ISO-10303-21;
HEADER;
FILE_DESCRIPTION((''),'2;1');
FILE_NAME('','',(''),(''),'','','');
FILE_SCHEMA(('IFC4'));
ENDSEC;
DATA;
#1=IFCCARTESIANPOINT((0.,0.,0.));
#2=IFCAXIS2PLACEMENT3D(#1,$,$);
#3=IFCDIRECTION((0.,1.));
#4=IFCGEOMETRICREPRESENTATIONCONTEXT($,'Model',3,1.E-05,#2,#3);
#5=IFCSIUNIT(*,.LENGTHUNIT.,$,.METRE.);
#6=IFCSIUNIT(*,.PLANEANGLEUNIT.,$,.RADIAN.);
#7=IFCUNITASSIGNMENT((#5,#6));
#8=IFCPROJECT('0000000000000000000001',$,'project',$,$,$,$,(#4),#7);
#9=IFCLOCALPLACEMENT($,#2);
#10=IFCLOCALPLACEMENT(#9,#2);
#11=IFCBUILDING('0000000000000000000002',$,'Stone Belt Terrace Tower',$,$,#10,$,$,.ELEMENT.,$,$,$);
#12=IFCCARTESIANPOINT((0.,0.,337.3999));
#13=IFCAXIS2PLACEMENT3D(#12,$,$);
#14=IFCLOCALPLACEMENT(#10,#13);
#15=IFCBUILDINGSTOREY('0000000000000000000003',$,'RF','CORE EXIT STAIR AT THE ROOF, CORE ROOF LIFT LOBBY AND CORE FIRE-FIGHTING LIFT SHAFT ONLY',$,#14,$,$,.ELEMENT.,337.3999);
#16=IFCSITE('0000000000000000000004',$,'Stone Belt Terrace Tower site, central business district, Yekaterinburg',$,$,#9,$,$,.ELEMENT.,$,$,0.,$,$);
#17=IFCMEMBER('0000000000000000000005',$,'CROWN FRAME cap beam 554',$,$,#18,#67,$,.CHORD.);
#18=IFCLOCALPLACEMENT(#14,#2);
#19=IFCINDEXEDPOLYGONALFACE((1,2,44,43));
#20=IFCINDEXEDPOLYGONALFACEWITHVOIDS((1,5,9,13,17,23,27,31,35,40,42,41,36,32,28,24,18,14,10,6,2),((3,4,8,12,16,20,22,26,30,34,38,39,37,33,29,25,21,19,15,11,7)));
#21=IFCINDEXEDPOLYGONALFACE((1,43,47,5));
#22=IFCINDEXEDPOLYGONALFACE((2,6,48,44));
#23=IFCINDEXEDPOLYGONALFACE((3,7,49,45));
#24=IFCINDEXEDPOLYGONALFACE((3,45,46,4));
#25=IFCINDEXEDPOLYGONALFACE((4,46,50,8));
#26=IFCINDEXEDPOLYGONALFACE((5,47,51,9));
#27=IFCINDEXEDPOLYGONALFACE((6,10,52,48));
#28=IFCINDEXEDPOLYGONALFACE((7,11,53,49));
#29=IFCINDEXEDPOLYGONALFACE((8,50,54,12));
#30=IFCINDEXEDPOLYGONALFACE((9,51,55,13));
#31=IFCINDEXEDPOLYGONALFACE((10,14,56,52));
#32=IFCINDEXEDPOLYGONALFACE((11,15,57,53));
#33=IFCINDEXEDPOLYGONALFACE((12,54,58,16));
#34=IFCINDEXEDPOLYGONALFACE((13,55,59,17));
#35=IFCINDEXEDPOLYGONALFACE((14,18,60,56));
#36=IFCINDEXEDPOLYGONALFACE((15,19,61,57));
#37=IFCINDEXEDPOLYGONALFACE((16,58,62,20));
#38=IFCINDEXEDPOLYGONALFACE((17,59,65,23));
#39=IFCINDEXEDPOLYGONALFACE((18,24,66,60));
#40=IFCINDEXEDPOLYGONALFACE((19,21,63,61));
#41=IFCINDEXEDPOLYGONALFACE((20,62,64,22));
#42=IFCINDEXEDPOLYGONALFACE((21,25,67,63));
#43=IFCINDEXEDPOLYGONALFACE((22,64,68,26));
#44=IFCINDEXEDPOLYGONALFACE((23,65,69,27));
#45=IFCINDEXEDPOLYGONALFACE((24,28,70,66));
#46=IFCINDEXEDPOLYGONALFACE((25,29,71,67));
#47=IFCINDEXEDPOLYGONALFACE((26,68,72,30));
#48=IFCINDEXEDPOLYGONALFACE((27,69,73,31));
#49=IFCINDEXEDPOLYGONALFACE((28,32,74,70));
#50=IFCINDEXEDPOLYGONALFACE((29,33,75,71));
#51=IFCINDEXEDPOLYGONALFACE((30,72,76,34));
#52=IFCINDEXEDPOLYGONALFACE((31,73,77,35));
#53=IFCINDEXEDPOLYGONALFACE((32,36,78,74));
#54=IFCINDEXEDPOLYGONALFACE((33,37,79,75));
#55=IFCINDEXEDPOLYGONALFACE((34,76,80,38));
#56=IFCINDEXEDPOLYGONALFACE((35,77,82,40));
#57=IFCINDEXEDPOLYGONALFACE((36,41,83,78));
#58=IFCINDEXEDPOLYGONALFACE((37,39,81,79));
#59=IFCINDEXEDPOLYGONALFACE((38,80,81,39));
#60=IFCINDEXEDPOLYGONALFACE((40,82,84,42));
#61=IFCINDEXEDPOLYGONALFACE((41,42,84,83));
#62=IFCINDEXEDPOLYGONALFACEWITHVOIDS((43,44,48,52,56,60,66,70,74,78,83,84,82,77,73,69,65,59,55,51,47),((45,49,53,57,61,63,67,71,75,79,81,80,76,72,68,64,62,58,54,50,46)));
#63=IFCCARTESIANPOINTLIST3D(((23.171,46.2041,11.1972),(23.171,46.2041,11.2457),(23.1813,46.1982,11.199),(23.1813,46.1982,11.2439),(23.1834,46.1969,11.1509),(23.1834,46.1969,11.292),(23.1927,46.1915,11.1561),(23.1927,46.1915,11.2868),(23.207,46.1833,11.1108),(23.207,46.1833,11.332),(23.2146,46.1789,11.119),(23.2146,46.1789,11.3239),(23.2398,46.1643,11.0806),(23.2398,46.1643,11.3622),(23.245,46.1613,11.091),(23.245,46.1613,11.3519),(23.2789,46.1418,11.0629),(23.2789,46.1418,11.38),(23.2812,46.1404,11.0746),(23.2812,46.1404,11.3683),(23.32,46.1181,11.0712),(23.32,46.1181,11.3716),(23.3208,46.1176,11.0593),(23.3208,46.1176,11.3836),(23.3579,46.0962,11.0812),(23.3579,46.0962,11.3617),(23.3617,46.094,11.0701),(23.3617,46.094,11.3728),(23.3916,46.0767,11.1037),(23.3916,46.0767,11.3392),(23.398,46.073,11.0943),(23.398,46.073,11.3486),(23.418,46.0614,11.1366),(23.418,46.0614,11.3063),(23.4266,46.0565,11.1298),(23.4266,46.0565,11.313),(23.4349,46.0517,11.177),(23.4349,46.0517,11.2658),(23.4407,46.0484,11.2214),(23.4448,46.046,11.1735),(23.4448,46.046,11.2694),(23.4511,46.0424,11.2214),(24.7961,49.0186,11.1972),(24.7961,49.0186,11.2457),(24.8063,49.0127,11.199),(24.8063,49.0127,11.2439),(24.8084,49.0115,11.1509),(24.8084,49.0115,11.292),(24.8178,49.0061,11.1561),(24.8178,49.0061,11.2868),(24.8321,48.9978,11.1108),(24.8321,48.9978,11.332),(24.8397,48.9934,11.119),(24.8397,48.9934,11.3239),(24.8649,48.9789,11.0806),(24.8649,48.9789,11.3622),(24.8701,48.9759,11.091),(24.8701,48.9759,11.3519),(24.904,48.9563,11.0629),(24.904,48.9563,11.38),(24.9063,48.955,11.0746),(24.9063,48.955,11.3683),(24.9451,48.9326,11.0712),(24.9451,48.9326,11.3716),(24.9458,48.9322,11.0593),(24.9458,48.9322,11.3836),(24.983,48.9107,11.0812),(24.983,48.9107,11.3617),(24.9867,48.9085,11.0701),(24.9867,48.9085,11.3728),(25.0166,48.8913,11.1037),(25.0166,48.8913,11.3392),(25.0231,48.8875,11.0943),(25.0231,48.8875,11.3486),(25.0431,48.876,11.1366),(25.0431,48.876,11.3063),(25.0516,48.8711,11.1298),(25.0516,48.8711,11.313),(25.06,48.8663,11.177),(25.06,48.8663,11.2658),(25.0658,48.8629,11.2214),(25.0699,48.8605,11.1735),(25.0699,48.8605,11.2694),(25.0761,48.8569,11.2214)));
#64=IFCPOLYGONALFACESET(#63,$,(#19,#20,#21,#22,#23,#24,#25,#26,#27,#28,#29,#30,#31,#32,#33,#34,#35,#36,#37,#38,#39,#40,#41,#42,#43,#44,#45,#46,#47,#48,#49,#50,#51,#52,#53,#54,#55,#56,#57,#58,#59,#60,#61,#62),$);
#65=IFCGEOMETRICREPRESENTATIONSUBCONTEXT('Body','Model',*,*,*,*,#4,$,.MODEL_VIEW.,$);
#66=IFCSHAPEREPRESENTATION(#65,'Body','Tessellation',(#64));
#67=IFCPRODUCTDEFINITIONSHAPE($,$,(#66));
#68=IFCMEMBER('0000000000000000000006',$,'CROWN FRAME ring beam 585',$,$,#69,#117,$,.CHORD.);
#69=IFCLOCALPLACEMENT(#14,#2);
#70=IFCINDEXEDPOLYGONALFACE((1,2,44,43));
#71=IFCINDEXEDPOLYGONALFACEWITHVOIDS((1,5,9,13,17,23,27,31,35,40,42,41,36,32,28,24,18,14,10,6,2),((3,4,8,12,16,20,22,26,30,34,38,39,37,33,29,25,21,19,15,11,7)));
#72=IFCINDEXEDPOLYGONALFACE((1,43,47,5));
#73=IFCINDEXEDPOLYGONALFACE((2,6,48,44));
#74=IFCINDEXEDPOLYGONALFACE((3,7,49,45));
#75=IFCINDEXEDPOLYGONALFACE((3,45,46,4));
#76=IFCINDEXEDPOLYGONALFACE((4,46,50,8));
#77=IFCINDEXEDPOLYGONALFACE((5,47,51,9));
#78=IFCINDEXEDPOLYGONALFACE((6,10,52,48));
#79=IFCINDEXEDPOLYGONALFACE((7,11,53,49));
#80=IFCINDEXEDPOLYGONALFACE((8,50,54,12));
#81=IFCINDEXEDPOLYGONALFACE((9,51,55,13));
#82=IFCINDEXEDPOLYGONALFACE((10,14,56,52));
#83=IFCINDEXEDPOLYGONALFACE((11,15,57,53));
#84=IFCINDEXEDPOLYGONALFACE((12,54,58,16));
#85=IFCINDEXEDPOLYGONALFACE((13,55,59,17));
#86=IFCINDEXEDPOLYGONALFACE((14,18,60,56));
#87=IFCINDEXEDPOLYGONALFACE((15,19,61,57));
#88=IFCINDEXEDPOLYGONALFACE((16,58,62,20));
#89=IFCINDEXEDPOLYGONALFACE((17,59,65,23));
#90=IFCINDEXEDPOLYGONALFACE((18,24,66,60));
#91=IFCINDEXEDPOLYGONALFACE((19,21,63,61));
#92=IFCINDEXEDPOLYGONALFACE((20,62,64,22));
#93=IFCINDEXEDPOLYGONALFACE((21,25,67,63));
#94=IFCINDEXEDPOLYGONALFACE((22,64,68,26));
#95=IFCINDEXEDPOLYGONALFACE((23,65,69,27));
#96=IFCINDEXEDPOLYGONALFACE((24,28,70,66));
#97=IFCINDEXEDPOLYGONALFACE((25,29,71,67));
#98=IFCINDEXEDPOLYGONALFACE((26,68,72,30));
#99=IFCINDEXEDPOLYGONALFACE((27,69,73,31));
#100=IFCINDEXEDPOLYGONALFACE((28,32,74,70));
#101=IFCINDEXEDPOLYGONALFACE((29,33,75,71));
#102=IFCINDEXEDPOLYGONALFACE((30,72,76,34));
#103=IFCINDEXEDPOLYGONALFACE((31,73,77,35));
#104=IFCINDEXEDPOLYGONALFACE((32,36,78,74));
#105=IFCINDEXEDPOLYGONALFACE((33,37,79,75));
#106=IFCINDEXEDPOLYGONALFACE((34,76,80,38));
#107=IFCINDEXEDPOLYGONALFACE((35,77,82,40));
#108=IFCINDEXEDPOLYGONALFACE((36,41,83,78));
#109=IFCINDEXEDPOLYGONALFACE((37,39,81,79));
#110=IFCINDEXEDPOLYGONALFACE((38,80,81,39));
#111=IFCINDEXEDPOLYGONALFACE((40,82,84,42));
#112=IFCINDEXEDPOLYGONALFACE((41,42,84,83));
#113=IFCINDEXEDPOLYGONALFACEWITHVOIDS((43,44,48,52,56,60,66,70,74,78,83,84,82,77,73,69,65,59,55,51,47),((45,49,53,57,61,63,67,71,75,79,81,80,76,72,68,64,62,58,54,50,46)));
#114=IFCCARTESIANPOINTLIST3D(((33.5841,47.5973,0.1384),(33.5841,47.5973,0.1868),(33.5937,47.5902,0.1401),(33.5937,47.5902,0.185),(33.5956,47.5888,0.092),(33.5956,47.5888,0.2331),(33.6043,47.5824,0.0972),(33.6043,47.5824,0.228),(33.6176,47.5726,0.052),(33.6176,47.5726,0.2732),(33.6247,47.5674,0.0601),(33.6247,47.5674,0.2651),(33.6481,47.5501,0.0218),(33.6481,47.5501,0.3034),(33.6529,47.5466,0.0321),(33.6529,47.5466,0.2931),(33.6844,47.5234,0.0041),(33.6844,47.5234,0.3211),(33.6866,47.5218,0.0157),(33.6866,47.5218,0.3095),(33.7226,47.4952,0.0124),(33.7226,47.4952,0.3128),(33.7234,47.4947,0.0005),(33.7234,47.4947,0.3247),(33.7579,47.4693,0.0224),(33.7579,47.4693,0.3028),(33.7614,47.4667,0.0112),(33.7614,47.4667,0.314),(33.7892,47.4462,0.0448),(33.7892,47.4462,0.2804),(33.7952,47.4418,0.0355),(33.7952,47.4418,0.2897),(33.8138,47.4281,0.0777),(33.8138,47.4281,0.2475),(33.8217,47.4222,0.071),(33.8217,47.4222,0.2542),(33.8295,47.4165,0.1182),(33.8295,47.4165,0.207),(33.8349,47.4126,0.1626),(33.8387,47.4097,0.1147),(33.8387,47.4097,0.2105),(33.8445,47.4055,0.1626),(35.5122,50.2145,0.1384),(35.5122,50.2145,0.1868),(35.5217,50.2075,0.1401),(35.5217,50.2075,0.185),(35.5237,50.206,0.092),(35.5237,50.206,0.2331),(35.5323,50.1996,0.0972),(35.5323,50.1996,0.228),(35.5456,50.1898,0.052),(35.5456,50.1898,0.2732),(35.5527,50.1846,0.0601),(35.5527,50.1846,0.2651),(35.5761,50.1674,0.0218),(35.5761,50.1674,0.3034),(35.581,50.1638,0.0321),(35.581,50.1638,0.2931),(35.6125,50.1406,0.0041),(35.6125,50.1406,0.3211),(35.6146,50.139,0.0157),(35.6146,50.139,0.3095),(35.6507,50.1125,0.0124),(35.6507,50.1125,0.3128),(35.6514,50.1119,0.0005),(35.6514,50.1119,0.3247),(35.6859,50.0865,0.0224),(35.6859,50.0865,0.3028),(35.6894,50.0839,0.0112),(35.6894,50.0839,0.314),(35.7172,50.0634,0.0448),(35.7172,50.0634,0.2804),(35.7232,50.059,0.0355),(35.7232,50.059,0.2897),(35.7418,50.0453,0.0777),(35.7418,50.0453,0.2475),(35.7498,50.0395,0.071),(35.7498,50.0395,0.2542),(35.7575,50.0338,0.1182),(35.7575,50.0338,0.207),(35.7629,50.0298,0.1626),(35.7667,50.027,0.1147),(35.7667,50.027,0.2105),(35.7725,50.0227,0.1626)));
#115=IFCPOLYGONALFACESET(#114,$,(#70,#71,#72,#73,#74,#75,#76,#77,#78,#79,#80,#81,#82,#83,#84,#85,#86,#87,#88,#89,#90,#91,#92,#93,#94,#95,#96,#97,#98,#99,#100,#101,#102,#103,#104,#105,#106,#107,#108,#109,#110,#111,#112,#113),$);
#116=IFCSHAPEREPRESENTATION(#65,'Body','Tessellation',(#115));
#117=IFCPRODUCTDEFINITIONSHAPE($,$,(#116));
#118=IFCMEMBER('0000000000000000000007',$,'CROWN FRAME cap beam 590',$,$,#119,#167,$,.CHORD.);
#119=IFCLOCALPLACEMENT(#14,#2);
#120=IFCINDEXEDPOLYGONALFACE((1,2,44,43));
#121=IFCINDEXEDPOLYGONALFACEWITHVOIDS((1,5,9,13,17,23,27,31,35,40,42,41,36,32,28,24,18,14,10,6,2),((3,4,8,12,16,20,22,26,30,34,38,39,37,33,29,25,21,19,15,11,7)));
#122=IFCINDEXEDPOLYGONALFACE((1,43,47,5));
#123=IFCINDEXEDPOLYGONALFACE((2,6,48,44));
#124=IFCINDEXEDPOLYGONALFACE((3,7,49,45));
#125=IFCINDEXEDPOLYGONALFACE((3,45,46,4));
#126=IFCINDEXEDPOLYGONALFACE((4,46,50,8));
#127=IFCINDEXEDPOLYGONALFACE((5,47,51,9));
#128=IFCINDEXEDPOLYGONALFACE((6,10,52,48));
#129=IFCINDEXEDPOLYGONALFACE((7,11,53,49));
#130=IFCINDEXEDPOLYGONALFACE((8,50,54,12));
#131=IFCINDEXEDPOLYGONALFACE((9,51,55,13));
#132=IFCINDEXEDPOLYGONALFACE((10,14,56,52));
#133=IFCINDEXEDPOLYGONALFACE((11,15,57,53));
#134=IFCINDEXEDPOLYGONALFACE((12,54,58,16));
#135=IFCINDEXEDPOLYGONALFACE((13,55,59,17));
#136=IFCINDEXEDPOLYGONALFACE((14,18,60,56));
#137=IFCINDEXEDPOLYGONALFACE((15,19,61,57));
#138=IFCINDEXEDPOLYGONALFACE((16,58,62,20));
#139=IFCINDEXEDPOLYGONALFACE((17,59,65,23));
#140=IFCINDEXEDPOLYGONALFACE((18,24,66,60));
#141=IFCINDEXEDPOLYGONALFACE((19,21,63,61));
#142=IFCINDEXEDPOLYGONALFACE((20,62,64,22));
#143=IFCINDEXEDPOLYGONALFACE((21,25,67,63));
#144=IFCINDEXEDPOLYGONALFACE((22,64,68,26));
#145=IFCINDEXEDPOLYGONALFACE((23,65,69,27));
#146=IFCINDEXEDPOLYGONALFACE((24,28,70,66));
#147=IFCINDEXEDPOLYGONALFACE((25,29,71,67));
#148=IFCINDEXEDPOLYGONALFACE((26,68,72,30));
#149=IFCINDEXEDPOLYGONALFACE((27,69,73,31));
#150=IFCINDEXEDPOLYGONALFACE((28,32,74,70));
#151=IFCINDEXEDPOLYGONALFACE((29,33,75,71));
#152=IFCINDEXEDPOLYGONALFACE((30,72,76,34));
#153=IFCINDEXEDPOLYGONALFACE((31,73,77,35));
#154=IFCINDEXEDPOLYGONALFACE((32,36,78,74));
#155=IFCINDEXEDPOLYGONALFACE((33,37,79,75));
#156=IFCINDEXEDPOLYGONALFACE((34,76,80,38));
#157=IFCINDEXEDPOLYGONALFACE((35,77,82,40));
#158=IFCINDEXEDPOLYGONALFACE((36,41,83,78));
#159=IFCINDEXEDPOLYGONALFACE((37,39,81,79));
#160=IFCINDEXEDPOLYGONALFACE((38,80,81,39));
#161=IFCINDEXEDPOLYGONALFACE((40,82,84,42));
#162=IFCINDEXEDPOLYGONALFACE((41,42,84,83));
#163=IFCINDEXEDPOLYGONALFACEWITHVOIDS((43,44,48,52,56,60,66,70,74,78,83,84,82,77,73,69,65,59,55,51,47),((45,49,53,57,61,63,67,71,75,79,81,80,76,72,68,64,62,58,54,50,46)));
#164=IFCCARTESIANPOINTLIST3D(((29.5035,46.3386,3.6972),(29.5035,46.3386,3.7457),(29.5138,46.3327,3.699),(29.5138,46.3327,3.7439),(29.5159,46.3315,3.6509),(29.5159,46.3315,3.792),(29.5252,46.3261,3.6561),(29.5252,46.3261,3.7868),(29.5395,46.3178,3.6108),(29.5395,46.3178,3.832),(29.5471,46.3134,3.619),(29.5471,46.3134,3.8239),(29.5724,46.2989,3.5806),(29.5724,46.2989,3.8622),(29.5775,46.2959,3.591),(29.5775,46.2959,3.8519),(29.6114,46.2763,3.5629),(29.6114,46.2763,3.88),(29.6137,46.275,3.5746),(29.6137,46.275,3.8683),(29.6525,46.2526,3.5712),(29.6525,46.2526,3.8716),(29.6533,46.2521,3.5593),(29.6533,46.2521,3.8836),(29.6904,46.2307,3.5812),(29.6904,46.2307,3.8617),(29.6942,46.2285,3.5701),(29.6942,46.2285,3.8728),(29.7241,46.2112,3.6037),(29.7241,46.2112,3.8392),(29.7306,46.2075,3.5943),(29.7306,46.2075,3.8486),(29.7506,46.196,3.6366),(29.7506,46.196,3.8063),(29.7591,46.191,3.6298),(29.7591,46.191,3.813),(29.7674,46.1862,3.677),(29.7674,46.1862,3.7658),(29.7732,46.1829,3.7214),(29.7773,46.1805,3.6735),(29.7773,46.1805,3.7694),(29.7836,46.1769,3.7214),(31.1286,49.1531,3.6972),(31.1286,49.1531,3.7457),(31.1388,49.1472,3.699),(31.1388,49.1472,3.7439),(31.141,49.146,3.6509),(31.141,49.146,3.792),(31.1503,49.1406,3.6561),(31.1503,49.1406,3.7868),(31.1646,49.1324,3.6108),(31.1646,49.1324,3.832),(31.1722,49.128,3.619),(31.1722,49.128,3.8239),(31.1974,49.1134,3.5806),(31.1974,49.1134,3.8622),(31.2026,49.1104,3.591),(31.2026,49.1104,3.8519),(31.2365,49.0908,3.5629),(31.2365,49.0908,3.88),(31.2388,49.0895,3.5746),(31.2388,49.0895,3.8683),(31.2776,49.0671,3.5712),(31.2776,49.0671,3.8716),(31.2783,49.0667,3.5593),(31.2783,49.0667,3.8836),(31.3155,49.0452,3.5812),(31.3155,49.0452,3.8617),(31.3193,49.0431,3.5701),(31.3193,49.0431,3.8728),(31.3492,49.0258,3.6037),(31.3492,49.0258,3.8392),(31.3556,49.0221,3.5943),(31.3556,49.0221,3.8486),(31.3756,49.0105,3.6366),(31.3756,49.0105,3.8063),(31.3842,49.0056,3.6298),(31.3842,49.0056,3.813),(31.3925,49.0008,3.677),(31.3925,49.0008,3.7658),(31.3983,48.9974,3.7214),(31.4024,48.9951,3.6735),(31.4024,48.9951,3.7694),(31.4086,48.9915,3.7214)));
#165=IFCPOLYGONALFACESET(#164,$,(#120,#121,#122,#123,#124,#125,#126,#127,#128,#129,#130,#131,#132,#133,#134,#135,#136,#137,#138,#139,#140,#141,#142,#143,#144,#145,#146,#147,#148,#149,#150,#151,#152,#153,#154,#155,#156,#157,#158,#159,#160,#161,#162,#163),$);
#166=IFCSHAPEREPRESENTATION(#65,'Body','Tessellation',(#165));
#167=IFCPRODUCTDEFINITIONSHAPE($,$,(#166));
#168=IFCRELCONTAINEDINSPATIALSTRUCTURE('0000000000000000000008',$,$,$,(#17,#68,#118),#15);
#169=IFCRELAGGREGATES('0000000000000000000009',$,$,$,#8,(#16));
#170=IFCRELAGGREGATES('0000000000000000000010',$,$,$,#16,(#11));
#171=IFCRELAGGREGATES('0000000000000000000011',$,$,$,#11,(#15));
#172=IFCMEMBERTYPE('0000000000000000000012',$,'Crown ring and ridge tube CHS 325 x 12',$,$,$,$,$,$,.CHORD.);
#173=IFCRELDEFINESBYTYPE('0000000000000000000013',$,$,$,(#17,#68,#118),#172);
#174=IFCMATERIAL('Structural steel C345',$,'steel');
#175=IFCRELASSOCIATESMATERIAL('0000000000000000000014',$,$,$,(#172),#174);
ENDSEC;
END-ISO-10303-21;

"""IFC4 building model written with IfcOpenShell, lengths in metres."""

from ifc_helpers import new_model, si_unit, direction, frame, origin, origin_2d, place, context, subcontext, project, spatial, hollow_circle, extrude, material, material_profile, profile_set, type_object, element, save


model = new_model("IFC4")

# Units and contexts
model_context = context("Model", 3, precision=1e-05, world=origin(), true_north=direction((0.0, 1.0)))
body_context = subcontext(model_context, "Body", "Model", "MODEL_VIEW")
ifc_project = project(units=[si_unit("LENGTHUNIT", "METRE"), si_unit("PLANEANGLEUNIT", "RADIAN")], contexts=[model_context])

# Site, building, storey
site_placement = place(None, origin())
site = spatial("IfcSite", under=ifc_project, at=site_placement, Name="Stone Belt Terrace Tower site, central business district, Yekaterinburg", CompositionType="ELEMENT", RefElevation=0.0)
building_placement = place(site_placement, origin())
building = spatial("IfcBuilding", under=site, at=building_placement, Name="Stone Belt Terrace Tower", CompositionType="ELEMENT")
storey_placement = place(building_placement, frame((0.0, 0.0, 337.3999)))
storey = spatial("IfcBuildingStorey", under=building, at=storey_placement, Name="RF", Description="CORE EXIT STAIR AT THE ROOF, CORE ROOF LIFT LOBBY AND CORE FIRE-FIGHTING LIFT SHAFT ONLY", CompositionType="ELEMENT", Elevation=337.3999)

# Members
ifc_material_1 = material(Name="Structural steel C345", Category="steel")
ifc_material_profile_1 = material_profile(ifc_material_1, hollow_circle(Radius=0.1626, WallThickness=0.012, at=origin_2d()), Name="Structural steel C345 CHS 325x12")
ifc_profile_set_1 = profile_set([ifc_material_profile_1], Name="Structural steel C345")
member_type_1 = type_object("IfcMemberType", Name="Crown ring and ridge tube CHS 325 x 12", PredefinedType="CHORD", material=ifc_profile_set_1)
for number, where, z_axis, x_axis, name in (
    (1, (24.9353, 48.9382, 11.2214), (-0.500017, -0.866015, 0.0), (0.866015, -0.500017, 0.0), "CROWN FRAME cap beam 554"),
):
    element("IfcMember", number, at=place(storey_placement, frame(where, z_axis=z_axis, x_axis=x_axis)), inside=storey, type_object=member_type_1, Name=name, PredefinedType="CHORD", context=body_context, shape_type="SweptSolid", body=[
        extrude(hollow_circle(Radius=0.1626, WallThickness=0.012, at=origin_2d()), origin(), (0.0, 0.0, 1.0), 3.25),
    ])
member_1_placement = place(storey_placement, frame((35.6416, 50.1191, 0.1626), z_axis=(-0.593104, -0.805126, 0.0), x_axis=(0.805126, -0.593104, 0.0)))
element("IfcMember", 2, at=member_1_placement, inside=storey, type_object=member_type_1, Name="CROWN FRAME ring beam 585", PredefinedType="CHORD", context=body_context, shape_type="SweptSolid", body=[
    extrude(hollow_circle(Radius=0.1626, WallThickness=0.012, at=origin_2d()), origin(), (0.0, 0.0, 1.0), 3.2507),
])
member_2_placement = place(storey_placement, frame((31.2678, 49.0728, 3.7214), z_axis=(-0.500017, -0.866015, 0.0), x_axis=(0.866015, -0.500017, 0.0)))
element("IfcMember", 3, at=member_2_placement, inside=storey, type_object=member_type_1, Name="CROWN FRAME cap beam 590", PredefinedType="CHORD", context=body_context, shape_type="SweptSolid", body=[
    extrude(hollow_circle(Radius=0.1626, WallThickness=0.012, at=origin_2d()), origin(), (0.0, 0.0, 1.0), 3.25),
])

save(model, "model.ifc")
